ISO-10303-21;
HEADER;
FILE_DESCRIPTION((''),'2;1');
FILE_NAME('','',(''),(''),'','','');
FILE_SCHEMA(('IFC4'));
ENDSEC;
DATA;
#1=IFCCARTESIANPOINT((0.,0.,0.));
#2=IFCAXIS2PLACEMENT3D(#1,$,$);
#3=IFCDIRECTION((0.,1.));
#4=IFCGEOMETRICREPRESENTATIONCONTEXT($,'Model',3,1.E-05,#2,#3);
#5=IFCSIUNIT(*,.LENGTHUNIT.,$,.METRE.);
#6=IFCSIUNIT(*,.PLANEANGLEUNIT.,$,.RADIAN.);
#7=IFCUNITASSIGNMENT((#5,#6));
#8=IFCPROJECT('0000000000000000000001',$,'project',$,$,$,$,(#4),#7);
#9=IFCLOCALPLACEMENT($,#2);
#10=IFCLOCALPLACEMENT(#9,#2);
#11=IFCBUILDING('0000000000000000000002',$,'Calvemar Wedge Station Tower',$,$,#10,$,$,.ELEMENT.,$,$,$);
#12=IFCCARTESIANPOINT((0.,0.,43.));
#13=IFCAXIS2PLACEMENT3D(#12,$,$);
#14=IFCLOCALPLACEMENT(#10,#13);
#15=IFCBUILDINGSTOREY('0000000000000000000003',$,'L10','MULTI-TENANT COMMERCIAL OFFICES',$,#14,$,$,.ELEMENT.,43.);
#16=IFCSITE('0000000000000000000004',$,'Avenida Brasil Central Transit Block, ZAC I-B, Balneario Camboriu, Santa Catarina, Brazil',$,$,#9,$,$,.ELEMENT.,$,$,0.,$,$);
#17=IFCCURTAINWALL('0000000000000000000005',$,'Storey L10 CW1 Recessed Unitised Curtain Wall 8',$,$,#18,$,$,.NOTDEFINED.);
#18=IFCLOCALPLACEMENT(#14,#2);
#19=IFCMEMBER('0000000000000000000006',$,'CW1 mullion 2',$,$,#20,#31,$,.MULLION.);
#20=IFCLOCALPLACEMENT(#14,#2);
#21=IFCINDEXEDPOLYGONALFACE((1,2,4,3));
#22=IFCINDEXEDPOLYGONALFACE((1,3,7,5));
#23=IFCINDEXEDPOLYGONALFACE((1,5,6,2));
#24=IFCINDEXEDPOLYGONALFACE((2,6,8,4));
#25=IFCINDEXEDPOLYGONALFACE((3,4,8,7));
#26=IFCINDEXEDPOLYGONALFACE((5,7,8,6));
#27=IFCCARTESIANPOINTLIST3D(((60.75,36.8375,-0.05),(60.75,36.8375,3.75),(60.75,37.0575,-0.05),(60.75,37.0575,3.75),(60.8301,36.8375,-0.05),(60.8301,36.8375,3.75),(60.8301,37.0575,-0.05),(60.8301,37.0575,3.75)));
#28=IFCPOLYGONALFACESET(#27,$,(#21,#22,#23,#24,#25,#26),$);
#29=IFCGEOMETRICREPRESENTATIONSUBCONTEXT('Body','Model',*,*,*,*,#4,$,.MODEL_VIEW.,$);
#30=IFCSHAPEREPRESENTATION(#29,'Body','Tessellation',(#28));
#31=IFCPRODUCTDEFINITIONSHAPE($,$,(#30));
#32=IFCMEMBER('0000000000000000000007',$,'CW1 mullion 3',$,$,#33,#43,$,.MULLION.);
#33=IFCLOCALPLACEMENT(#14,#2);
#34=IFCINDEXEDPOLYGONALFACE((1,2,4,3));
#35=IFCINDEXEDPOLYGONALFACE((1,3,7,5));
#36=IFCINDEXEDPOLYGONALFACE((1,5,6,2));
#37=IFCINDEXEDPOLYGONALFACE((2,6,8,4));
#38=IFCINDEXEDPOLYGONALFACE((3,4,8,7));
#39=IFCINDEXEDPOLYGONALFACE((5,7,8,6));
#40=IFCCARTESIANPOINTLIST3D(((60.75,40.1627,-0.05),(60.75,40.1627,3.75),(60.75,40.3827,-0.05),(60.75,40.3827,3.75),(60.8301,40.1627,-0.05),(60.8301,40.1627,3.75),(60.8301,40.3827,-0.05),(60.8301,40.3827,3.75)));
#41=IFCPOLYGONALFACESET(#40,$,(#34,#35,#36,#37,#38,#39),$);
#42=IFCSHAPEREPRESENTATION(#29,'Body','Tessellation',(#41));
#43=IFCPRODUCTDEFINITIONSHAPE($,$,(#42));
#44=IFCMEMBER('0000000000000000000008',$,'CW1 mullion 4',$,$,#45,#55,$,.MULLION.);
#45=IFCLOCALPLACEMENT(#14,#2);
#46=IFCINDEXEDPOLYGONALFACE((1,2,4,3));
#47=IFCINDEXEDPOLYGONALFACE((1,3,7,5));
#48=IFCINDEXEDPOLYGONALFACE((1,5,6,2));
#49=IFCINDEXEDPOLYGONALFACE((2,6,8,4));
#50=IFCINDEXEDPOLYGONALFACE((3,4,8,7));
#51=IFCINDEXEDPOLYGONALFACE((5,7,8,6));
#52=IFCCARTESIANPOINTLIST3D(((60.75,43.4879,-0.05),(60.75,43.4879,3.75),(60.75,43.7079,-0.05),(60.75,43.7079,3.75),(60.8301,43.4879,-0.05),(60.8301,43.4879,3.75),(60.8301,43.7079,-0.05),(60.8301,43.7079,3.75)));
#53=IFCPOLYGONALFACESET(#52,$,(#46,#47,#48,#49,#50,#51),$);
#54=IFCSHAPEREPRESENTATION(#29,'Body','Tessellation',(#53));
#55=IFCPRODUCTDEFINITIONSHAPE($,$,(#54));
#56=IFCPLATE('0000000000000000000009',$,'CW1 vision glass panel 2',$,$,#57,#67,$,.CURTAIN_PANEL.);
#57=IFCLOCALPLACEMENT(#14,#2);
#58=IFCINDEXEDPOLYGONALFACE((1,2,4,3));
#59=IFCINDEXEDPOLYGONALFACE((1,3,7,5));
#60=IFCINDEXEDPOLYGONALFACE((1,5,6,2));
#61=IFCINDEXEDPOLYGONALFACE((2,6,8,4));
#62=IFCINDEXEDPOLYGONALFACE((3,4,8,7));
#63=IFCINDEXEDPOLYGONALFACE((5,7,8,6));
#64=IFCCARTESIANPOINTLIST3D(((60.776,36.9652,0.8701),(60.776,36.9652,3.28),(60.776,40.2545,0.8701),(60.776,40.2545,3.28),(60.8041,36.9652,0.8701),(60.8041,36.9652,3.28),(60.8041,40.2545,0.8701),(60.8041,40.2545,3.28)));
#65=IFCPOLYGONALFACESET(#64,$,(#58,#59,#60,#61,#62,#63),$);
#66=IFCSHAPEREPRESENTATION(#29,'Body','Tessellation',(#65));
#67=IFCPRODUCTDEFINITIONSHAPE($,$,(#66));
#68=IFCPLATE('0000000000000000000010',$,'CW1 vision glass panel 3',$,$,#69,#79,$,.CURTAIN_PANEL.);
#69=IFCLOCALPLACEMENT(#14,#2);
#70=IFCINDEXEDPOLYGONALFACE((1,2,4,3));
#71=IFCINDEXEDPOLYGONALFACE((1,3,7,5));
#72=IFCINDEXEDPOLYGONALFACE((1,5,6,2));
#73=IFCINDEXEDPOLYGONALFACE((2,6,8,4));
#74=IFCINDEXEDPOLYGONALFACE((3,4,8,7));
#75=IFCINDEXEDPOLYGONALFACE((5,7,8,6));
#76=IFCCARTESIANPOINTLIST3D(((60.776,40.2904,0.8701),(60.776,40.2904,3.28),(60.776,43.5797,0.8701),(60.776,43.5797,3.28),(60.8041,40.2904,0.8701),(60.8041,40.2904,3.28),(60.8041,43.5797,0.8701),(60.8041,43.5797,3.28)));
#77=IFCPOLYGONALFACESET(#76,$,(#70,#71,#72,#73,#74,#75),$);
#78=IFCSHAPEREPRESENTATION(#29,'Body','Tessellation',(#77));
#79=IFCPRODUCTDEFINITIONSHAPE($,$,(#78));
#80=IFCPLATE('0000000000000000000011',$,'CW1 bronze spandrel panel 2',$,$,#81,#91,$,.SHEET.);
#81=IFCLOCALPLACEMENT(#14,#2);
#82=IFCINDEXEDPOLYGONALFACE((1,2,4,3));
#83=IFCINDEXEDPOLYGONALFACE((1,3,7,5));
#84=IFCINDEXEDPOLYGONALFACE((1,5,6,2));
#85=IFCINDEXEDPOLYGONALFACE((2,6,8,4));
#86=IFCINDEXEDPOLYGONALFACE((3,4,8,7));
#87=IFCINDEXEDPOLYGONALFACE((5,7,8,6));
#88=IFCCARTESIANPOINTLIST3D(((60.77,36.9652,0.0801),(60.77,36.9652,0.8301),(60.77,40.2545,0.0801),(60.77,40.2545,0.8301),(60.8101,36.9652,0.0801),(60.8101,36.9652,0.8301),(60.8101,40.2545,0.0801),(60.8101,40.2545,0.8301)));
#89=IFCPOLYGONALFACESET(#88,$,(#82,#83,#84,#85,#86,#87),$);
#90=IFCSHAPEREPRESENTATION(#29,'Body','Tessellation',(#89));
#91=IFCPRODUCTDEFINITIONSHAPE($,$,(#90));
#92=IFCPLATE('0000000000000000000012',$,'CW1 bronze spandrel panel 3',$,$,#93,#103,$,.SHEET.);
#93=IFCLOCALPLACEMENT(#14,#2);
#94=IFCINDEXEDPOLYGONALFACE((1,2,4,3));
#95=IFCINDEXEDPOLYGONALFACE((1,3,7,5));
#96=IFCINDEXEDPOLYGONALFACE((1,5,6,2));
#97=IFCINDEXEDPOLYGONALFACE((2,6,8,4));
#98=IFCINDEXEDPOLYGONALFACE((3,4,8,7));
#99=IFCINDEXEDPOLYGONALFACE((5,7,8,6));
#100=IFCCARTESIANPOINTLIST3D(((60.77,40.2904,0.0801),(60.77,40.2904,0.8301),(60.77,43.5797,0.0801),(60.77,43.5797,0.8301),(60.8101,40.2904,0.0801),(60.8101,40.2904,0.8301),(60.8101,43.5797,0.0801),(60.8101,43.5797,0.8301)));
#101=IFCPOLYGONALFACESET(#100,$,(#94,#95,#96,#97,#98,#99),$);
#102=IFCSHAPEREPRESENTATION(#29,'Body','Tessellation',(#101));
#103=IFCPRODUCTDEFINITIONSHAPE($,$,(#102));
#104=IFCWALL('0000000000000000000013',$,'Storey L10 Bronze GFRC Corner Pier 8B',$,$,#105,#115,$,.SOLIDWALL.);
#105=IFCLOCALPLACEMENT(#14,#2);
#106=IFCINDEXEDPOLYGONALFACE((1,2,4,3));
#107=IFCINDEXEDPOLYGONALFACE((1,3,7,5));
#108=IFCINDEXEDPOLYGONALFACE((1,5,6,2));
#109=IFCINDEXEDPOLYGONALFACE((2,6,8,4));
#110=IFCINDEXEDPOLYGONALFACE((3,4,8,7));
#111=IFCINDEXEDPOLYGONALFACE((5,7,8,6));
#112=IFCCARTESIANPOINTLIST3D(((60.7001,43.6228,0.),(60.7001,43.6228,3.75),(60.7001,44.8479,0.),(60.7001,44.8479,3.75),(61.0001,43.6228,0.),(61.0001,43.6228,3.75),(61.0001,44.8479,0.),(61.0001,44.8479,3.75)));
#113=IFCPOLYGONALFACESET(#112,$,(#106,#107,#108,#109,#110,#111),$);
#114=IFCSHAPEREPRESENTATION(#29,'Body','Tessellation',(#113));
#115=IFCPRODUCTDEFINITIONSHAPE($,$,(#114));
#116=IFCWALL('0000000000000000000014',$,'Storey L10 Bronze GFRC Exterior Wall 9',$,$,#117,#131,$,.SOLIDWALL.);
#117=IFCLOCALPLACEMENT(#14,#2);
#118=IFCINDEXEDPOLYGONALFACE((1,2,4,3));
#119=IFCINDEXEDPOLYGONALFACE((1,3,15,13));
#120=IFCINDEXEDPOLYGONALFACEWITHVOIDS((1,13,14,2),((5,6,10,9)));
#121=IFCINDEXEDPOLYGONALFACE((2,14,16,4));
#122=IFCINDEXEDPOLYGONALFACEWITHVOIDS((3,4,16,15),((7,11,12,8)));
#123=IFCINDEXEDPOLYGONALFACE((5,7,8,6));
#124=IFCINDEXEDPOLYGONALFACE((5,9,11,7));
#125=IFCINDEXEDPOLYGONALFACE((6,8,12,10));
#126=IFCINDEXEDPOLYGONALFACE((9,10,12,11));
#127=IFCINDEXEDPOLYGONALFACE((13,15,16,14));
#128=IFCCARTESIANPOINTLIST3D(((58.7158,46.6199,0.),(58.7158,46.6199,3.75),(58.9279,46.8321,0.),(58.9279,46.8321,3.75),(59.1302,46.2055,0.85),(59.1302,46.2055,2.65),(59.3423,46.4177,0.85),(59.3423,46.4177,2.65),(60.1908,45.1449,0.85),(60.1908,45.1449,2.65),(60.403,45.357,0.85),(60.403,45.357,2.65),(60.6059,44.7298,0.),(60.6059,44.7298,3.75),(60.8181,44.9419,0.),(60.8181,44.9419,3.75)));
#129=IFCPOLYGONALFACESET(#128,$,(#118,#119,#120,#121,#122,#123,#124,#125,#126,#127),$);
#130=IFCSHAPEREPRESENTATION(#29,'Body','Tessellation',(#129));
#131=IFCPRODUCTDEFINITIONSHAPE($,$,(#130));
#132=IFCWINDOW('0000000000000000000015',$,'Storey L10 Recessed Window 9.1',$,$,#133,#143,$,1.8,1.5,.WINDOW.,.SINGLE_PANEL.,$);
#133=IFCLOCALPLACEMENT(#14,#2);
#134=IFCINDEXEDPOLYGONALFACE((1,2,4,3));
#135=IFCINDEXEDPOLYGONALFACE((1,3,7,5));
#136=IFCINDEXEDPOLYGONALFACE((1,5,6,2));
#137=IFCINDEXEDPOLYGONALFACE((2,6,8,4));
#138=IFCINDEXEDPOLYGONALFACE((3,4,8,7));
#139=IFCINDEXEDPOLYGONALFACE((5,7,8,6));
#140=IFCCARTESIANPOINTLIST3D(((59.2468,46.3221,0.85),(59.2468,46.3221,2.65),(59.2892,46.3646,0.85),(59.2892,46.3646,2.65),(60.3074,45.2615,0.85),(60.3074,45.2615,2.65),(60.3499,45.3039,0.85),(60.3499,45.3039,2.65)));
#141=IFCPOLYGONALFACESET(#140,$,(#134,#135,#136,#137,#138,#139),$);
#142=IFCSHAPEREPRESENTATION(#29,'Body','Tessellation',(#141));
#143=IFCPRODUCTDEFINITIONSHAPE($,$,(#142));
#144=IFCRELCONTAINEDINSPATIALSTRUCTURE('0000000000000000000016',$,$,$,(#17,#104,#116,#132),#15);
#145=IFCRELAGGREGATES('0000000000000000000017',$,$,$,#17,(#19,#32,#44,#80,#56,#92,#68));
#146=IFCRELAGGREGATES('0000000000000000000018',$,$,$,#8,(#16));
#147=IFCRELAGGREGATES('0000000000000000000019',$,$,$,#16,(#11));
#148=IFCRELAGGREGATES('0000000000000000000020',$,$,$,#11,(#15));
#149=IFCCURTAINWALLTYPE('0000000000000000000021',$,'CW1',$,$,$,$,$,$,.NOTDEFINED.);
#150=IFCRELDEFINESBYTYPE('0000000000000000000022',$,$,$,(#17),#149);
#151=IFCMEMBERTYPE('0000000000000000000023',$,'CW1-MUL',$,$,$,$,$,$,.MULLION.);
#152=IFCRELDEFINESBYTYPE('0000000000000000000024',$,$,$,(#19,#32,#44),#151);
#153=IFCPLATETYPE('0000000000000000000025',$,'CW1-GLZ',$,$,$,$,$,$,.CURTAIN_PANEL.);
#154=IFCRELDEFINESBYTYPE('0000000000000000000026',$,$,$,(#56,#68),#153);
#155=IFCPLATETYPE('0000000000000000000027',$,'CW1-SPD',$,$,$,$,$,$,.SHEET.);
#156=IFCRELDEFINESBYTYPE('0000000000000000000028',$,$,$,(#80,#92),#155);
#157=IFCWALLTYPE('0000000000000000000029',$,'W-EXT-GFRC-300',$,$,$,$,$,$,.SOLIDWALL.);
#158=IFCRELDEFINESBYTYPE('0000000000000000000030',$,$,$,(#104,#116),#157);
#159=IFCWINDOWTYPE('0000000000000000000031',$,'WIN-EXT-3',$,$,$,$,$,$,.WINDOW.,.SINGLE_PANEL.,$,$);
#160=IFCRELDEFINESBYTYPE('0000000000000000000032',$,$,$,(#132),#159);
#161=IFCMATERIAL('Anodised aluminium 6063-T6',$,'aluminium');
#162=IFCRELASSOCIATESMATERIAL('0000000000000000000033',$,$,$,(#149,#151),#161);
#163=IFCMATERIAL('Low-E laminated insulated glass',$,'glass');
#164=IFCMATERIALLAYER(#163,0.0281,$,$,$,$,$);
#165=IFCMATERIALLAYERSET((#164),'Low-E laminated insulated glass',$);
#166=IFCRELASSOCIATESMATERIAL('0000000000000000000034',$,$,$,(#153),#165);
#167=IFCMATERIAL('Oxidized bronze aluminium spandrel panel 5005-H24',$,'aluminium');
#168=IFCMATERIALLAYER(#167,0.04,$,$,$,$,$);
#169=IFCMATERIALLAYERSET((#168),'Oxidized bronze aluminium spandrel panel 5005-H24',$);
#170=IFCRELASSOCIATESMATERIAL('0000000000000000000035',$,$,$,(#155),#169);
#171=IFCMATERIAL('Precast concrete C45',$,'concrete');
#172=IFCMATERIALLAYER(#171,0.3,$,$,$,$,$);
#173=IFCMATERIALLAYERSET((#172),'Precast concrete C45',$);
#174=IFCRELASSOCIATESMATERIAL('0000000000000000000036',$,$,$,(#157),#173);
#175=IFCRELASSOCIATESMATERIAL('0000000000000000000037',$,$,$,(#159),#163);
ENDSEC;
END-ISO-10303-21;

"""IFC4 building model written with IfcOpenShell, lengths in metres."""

from ifc_helpers import new_model, si_unit, direction, frame, frame_2d, origin, origin_2d, place, context, subcontext, project, spatial, rectangle, extrude, source, transform, mapped, material, layer, layer_set, material_profile, profile_set, type_object, element, fill, aggregate, save


model = new_model("IFC4")

# Units and contexts
model_context = context("Model", 3, precision=1e-05, world=origin(), true_north=direction((0.0, 1.0)))
body_context = subcontext(model_context, "Body", "Model", "MODEL_VIEW")
ifc_project = project(units=[si_unit("LENGTHUNIT", "METRE"), si_unit("PLANEANGLEUNIT", "RADIAN")], contexts=[model_context])

# Site, building, storey
site_placement = place(None, origin())
site = spatial("IfcSite", under=ifc_project, at=site_placement, Name="Avenida Brasil Central Transit Block, ZAC I-B, Balneario Camboriu, Santa Catarina, Brazil", CompositionType="ELEMENT", RefElevation=0.0)
building_placement = place(site_placement, origin())
building = spatial("IfcBuilding", under=site, at=building_placement, Name="Calvemar Wedge Station Tower", CompositionType="ELEMENT")
storey_placement = place(building_placement, frame((0.0, 0.0, 43.0)))
storey = spatial("IfcBuildingStorey", under=building, at=storey_placement, Name="L10", Description="MULTI-TENANT COMMERCIAL OFFICES", CompositionType="ELEMENT", Elevation=43.0)

# Curtain wall, members, plates
ifc_material_1 = material(Name="Anodised aluminium 6063-T6", Category="aluminium")
curtain_wall_type = type_object("IfcCurtainWallType", Name="CW1", PredefinedType="NOTDEFINED", material=ifc_material_1)
curtain_wall_placement = place(storey_placement, origin())
curtain_wall = element("IfcCurtainWall", 1, at=curtain_wall_placement, inside=storey, type_object=curtain_wall_type, Name="Storey L10 CW1 Recessed Unitised Curtain Wall 8", PredefinedType="NOTDEFINED")
ifc_material_profile = material_profile(ifc_material_1, rectangle(XDim=0.0801, YDim=0.22, at=origin_2d()), Name="AL-MUL-80x220")
ifc_profile_set = profile_set([ifc_material_profile], Name="Anodised aluminium 6063-T6")
member_type = type_object("IfcMemberType", Name="CW1-MUL", PredefinedType="MULLION", material=ifc_profile_set)
shared_shape_1 = source(origin(), body_context, "Body", "SweptSolid", [
    extrude(rectangle(XDim=0.0801, YDim=0.22, at=origin_2d()), origin(), (0.0, 0.0, 1.0), 3.8),
])
member_1_placement = place(storey_placement, frame((60.79, 36.9475, -0.05), z_axis=(0.0, 0.0, 1.0), x_axis=(1.0, 0.0, 0.0)))
member_1 = element("IfcMember", 2, at=member_1_placement, type_object=member_type, Name="CW1 mullion 2", PredefinedType="MULLION", context=body_context, shape_type="MappedRepresentation", body=[
    mapped(shared_shape_1, transform((0.0, 0.0, 0.0), scale=1.0)),
])
member_2_placement = place(storey_placement, frame((60.79, 40.2727, -0.05), z_axis=(0.0, 0.0, 1.0), x_axis=(1.0, 0.0, 0.0)))
member_2 = element("IfcMember", 3, at=member_2_placement, type_object=member_type, Name="CW1 mullion 3", PredefinedType="MULLION", context=body_context, shape_type="MappedRepresentation", body=[
    mapped(shared_shape_1, transform((0.0, 0.0, 0.0), scale=1.0)),
])
member_3_placement = place(storey_placement, frame((60.79, 43.5979, -0.05), z_axis=(0.0, 0.0, 1.0), x_axis=(1.0, 0.0, 0.0)))
member_3 = element("IfcMember", 4, at=member_3_placement, type_object=member_type, Name="CW1 mullion 4", PredefinedType="MULLION", context=body_context, shape_type="MappedRepresentation", body=[
    mapped(shared_shape_1, transform((0.0, 0.0, 0.0), scale=1.0)),
])
ifc_material_2 = material(Name="Low-E laminated insulated glass", Category="glass")
ifc_layer_1 = layer(ifc_material_2, 0.0281)
ifc_layer_set_1 = layer_set([ifc_layer_1], Name="Low-E laminated insulated glass")
plate_type_1 = type_object("IfcPlateType", Name="CW1-GLZ", PredefinedType="CURTAIN_PANEL", material=ifc_layer_set_1)
plate_1_placement = place(storey_placement, frame((60.79, 36.9653, 0.8701), z_axis=(0.0, 0.0, 1.0), x_axis=(0.0, 1.0, 0.0)))
plate_1 = element("IfcPlate", 5, at=plate_1_placement, type_object=plate_type_1, Name="CW1 vision glass panel 2", PredefinedType="CURTAIN_PANEL", context=body_context, shape_type="SweptSolid", body=[
    extrude(rectangle(XDim=3.2893, YDim=0.0281, at=frame_2d((1.6445, 0.0))), origin(), (0.0, 0.0, 1.0), 2.4099),
])
plate_2_placement = place(storey_placement, frame((60.79, 40.2905, 0.8701), z_axis=(0.0, 0.0, 1.0), x_axis=(0.0, 1.0, 0.0)))
plate_2 = element("IfcPlate", 6, at=plate_2_placement, type_object=plate_type_1, Name="CW1 vision glass panel 3", PredefinedType="CURTAIN_PANEL", context=body_context, shape_type="SweptSolid", body=[
    extrude(rectangle(XDim=3.2893, YDim=0.0281, at=frame_2d((1.6445, 0.0))), origin(), (0.0, 0.0, 1.0), 2.4099),
])
ifc_material_3 = material(Name="Oxidized bronze aluminium spandrel panel 5005-H24", Category="aluminium")
ifc_layer_2 = layer(ifc_material_3, 0.04)
ifc_layer_set_2 = layer_set([ifc_layer_2], Name="Oxidized bronze aluminium spandrel panel 5005-H24")
plate_type_2 = type_object("IfcPlateType", Name="CW1-SPD", PredefinedType="SHEET", material=ifc_layer_set_2)
plate_3_placement = place(storey_placement, frame((60.79, 36.9653, 0.0801), z_axis=(0.0, 0.0, 1.0), x_axis=(0.0, 1.0, 0.0)))
plate_3 = element("IfcPlate", 7, at=plate_3_placement, type_object=plate_type_2, Name="CW1 bronze spandrel panel 2", PredefinedType="SHEET", context=body_context, shape_type="SweptSolid", body=[
    extrude(rectangle(XDim=3.2893, YDim=0.04, at=frame_2d((1.6445, 0.0))), origin(), (0.0, 0.0, 1.0), 0.75),
])
plate_4_placement = place(storey_placement, frame((60.79, 40.2905, 0.0801), z_axis=(0.0, 0.0, 1.0), x_axis=(0.0, 1.0, 0.0)))
plate_4 = element("IfcPlate", 8, at=plate_4_placement, type_object=plate_type_2, Name="CW1 bronze spandrel panel 3", PredefinedType="SHEET", context=body_context, shape_type="SweptSolid", body=[
    extrude(rectangle(XDim=3.2893, YDim=0.04, at=frame_2d((1.6445, 0.0))), origin(), (0.0, 0.0, 1.0), 0.75),
])
aggregate(curtain_wall, [member_1, member_2, member_3, plate_3, plate_1, plate_4, plate_2])

# Wall
ifc_material_4 = material(Name="Precast concrete C45", Category="concrete")
ifc_layer_3 = layer(ifc_material_4, 0.3)
ifc_layer_set_3 = layer_set([ifc_layer_3], Name="Precast concrete C45")
wall_type_1 = type_object("IfcWallType", Name="W-EXT-GFRC-300", PredefinedType="SOLIDWALL", material=ifc_layer_set_3)
wall_1_placement = place(storey_placement, frame((60.8501, 43.6228, 0.0), z_axis=(0.0, 0.0, 1.0), x_axis=(0.0, 1.0, 0.0)))
element("IfcWall", 9, at=wall_1_placement, inside=storey, type_object=wall_type_1, Name="Storey L10 Bronze GFRC Corner Pier 8B", PredefinedType="SOLIDWALL", context=body_context, shape_type="SweptSolid", body=[
    extrude(rectangle(XDim=1.2251, YDim=0.3, at=frame_2d((0.6125, 0.0))), origin(), (0.0, 0.0, 1.0), 3.75),
])

# Wall, opening, window
wall_2_placement = place(storey_placement, frame((60.7119, 44.8359, 0.0), z_axis=(0.0, 0.0, 1.0), x_axis=(-0.707107, 0.707107, 0.0)))
wall_2 = element("IfcWall", 10, at=wall_2_placement, inside=storey, type_object=wall_type_1, Name="Storey L10 Bronze GFRC Exterior Wall 9", PredefinedType="SOLIDWALL", context=body_context, shape_type="SweptSolid", body=[
    extrude(rectangle(XDim=2.6731, YDim=0.3, at=frame_2d((1.3364, 0.0))), origin(), (0.0, 0.0, 1.0), 3.75),
])
shared_shape_2 = source(origin(), body_context, "Body", "SweptSolid", [
    extrude(rectangle(XDim=1.5, YDim=1.8, at=frame_2d((0.75, 0.8999))), frame((0.0, 0.1602, 0.0), z_axis=(0.0, -1.0, 0.0), x_axis=(1.0, 0.0, 0.0)), (0.0, 0.0, 1.0), 0.3201),
])
opening_1_placement = place(wall_2_placement, frame((0.5869, 0.0, 0.8501)))
opening_1 = element("IfcOpeningElement", 11, at=opening_1_placement, cuts=wall_2, PredefinedType="OPENING", context=body_context, shape_type="MappedRepresentation", body=[
    mapped(shared_shape_2, transform((0.0, 0.0, 0.0), scale=1.0)),
])
window_type_1 = type_object("IfcWindowType", Name="WIN-EXT-3", PartitioningType="SINGLE_PANEL", PredefinedType="WINDOW", material=ifc_material_2)
shared_shape_3 = source(origin(), body_context, "Body", "SweptSolid", [
    extrude(rectangle(XDim=1.5, YDim=1.8, at=frame_2d((0.75, 0.8999))), frame((0.0, -0.0149, 0.0), z_axis=(0.0, -1.0, 0.0), x_axis=(1.0, 0.0, 0.0)), (0.0, 0.0, 1.0), 0.0601),
])
window_1_placement = place(opening_1_placement, origin())
window_1 = element("IfcWindow", 12, at=window_1_placement, inside=storey, type_object=window_type_1, Name="Storey L10 Recessed Window 9.1", OverallHeight=1.8, OverallWidth=1.5, PartitioningType="SINGLE_PANEL", PredefinedType="WINDOW", context=body_context, shape_type="MappedRepresentation", body=[
    mapped(shared_shape_3, transform((0.0, 0.0, 0.0), scale=1.0)),
])
fill(opening_1, window_1)

save(model, "model.ifc")
